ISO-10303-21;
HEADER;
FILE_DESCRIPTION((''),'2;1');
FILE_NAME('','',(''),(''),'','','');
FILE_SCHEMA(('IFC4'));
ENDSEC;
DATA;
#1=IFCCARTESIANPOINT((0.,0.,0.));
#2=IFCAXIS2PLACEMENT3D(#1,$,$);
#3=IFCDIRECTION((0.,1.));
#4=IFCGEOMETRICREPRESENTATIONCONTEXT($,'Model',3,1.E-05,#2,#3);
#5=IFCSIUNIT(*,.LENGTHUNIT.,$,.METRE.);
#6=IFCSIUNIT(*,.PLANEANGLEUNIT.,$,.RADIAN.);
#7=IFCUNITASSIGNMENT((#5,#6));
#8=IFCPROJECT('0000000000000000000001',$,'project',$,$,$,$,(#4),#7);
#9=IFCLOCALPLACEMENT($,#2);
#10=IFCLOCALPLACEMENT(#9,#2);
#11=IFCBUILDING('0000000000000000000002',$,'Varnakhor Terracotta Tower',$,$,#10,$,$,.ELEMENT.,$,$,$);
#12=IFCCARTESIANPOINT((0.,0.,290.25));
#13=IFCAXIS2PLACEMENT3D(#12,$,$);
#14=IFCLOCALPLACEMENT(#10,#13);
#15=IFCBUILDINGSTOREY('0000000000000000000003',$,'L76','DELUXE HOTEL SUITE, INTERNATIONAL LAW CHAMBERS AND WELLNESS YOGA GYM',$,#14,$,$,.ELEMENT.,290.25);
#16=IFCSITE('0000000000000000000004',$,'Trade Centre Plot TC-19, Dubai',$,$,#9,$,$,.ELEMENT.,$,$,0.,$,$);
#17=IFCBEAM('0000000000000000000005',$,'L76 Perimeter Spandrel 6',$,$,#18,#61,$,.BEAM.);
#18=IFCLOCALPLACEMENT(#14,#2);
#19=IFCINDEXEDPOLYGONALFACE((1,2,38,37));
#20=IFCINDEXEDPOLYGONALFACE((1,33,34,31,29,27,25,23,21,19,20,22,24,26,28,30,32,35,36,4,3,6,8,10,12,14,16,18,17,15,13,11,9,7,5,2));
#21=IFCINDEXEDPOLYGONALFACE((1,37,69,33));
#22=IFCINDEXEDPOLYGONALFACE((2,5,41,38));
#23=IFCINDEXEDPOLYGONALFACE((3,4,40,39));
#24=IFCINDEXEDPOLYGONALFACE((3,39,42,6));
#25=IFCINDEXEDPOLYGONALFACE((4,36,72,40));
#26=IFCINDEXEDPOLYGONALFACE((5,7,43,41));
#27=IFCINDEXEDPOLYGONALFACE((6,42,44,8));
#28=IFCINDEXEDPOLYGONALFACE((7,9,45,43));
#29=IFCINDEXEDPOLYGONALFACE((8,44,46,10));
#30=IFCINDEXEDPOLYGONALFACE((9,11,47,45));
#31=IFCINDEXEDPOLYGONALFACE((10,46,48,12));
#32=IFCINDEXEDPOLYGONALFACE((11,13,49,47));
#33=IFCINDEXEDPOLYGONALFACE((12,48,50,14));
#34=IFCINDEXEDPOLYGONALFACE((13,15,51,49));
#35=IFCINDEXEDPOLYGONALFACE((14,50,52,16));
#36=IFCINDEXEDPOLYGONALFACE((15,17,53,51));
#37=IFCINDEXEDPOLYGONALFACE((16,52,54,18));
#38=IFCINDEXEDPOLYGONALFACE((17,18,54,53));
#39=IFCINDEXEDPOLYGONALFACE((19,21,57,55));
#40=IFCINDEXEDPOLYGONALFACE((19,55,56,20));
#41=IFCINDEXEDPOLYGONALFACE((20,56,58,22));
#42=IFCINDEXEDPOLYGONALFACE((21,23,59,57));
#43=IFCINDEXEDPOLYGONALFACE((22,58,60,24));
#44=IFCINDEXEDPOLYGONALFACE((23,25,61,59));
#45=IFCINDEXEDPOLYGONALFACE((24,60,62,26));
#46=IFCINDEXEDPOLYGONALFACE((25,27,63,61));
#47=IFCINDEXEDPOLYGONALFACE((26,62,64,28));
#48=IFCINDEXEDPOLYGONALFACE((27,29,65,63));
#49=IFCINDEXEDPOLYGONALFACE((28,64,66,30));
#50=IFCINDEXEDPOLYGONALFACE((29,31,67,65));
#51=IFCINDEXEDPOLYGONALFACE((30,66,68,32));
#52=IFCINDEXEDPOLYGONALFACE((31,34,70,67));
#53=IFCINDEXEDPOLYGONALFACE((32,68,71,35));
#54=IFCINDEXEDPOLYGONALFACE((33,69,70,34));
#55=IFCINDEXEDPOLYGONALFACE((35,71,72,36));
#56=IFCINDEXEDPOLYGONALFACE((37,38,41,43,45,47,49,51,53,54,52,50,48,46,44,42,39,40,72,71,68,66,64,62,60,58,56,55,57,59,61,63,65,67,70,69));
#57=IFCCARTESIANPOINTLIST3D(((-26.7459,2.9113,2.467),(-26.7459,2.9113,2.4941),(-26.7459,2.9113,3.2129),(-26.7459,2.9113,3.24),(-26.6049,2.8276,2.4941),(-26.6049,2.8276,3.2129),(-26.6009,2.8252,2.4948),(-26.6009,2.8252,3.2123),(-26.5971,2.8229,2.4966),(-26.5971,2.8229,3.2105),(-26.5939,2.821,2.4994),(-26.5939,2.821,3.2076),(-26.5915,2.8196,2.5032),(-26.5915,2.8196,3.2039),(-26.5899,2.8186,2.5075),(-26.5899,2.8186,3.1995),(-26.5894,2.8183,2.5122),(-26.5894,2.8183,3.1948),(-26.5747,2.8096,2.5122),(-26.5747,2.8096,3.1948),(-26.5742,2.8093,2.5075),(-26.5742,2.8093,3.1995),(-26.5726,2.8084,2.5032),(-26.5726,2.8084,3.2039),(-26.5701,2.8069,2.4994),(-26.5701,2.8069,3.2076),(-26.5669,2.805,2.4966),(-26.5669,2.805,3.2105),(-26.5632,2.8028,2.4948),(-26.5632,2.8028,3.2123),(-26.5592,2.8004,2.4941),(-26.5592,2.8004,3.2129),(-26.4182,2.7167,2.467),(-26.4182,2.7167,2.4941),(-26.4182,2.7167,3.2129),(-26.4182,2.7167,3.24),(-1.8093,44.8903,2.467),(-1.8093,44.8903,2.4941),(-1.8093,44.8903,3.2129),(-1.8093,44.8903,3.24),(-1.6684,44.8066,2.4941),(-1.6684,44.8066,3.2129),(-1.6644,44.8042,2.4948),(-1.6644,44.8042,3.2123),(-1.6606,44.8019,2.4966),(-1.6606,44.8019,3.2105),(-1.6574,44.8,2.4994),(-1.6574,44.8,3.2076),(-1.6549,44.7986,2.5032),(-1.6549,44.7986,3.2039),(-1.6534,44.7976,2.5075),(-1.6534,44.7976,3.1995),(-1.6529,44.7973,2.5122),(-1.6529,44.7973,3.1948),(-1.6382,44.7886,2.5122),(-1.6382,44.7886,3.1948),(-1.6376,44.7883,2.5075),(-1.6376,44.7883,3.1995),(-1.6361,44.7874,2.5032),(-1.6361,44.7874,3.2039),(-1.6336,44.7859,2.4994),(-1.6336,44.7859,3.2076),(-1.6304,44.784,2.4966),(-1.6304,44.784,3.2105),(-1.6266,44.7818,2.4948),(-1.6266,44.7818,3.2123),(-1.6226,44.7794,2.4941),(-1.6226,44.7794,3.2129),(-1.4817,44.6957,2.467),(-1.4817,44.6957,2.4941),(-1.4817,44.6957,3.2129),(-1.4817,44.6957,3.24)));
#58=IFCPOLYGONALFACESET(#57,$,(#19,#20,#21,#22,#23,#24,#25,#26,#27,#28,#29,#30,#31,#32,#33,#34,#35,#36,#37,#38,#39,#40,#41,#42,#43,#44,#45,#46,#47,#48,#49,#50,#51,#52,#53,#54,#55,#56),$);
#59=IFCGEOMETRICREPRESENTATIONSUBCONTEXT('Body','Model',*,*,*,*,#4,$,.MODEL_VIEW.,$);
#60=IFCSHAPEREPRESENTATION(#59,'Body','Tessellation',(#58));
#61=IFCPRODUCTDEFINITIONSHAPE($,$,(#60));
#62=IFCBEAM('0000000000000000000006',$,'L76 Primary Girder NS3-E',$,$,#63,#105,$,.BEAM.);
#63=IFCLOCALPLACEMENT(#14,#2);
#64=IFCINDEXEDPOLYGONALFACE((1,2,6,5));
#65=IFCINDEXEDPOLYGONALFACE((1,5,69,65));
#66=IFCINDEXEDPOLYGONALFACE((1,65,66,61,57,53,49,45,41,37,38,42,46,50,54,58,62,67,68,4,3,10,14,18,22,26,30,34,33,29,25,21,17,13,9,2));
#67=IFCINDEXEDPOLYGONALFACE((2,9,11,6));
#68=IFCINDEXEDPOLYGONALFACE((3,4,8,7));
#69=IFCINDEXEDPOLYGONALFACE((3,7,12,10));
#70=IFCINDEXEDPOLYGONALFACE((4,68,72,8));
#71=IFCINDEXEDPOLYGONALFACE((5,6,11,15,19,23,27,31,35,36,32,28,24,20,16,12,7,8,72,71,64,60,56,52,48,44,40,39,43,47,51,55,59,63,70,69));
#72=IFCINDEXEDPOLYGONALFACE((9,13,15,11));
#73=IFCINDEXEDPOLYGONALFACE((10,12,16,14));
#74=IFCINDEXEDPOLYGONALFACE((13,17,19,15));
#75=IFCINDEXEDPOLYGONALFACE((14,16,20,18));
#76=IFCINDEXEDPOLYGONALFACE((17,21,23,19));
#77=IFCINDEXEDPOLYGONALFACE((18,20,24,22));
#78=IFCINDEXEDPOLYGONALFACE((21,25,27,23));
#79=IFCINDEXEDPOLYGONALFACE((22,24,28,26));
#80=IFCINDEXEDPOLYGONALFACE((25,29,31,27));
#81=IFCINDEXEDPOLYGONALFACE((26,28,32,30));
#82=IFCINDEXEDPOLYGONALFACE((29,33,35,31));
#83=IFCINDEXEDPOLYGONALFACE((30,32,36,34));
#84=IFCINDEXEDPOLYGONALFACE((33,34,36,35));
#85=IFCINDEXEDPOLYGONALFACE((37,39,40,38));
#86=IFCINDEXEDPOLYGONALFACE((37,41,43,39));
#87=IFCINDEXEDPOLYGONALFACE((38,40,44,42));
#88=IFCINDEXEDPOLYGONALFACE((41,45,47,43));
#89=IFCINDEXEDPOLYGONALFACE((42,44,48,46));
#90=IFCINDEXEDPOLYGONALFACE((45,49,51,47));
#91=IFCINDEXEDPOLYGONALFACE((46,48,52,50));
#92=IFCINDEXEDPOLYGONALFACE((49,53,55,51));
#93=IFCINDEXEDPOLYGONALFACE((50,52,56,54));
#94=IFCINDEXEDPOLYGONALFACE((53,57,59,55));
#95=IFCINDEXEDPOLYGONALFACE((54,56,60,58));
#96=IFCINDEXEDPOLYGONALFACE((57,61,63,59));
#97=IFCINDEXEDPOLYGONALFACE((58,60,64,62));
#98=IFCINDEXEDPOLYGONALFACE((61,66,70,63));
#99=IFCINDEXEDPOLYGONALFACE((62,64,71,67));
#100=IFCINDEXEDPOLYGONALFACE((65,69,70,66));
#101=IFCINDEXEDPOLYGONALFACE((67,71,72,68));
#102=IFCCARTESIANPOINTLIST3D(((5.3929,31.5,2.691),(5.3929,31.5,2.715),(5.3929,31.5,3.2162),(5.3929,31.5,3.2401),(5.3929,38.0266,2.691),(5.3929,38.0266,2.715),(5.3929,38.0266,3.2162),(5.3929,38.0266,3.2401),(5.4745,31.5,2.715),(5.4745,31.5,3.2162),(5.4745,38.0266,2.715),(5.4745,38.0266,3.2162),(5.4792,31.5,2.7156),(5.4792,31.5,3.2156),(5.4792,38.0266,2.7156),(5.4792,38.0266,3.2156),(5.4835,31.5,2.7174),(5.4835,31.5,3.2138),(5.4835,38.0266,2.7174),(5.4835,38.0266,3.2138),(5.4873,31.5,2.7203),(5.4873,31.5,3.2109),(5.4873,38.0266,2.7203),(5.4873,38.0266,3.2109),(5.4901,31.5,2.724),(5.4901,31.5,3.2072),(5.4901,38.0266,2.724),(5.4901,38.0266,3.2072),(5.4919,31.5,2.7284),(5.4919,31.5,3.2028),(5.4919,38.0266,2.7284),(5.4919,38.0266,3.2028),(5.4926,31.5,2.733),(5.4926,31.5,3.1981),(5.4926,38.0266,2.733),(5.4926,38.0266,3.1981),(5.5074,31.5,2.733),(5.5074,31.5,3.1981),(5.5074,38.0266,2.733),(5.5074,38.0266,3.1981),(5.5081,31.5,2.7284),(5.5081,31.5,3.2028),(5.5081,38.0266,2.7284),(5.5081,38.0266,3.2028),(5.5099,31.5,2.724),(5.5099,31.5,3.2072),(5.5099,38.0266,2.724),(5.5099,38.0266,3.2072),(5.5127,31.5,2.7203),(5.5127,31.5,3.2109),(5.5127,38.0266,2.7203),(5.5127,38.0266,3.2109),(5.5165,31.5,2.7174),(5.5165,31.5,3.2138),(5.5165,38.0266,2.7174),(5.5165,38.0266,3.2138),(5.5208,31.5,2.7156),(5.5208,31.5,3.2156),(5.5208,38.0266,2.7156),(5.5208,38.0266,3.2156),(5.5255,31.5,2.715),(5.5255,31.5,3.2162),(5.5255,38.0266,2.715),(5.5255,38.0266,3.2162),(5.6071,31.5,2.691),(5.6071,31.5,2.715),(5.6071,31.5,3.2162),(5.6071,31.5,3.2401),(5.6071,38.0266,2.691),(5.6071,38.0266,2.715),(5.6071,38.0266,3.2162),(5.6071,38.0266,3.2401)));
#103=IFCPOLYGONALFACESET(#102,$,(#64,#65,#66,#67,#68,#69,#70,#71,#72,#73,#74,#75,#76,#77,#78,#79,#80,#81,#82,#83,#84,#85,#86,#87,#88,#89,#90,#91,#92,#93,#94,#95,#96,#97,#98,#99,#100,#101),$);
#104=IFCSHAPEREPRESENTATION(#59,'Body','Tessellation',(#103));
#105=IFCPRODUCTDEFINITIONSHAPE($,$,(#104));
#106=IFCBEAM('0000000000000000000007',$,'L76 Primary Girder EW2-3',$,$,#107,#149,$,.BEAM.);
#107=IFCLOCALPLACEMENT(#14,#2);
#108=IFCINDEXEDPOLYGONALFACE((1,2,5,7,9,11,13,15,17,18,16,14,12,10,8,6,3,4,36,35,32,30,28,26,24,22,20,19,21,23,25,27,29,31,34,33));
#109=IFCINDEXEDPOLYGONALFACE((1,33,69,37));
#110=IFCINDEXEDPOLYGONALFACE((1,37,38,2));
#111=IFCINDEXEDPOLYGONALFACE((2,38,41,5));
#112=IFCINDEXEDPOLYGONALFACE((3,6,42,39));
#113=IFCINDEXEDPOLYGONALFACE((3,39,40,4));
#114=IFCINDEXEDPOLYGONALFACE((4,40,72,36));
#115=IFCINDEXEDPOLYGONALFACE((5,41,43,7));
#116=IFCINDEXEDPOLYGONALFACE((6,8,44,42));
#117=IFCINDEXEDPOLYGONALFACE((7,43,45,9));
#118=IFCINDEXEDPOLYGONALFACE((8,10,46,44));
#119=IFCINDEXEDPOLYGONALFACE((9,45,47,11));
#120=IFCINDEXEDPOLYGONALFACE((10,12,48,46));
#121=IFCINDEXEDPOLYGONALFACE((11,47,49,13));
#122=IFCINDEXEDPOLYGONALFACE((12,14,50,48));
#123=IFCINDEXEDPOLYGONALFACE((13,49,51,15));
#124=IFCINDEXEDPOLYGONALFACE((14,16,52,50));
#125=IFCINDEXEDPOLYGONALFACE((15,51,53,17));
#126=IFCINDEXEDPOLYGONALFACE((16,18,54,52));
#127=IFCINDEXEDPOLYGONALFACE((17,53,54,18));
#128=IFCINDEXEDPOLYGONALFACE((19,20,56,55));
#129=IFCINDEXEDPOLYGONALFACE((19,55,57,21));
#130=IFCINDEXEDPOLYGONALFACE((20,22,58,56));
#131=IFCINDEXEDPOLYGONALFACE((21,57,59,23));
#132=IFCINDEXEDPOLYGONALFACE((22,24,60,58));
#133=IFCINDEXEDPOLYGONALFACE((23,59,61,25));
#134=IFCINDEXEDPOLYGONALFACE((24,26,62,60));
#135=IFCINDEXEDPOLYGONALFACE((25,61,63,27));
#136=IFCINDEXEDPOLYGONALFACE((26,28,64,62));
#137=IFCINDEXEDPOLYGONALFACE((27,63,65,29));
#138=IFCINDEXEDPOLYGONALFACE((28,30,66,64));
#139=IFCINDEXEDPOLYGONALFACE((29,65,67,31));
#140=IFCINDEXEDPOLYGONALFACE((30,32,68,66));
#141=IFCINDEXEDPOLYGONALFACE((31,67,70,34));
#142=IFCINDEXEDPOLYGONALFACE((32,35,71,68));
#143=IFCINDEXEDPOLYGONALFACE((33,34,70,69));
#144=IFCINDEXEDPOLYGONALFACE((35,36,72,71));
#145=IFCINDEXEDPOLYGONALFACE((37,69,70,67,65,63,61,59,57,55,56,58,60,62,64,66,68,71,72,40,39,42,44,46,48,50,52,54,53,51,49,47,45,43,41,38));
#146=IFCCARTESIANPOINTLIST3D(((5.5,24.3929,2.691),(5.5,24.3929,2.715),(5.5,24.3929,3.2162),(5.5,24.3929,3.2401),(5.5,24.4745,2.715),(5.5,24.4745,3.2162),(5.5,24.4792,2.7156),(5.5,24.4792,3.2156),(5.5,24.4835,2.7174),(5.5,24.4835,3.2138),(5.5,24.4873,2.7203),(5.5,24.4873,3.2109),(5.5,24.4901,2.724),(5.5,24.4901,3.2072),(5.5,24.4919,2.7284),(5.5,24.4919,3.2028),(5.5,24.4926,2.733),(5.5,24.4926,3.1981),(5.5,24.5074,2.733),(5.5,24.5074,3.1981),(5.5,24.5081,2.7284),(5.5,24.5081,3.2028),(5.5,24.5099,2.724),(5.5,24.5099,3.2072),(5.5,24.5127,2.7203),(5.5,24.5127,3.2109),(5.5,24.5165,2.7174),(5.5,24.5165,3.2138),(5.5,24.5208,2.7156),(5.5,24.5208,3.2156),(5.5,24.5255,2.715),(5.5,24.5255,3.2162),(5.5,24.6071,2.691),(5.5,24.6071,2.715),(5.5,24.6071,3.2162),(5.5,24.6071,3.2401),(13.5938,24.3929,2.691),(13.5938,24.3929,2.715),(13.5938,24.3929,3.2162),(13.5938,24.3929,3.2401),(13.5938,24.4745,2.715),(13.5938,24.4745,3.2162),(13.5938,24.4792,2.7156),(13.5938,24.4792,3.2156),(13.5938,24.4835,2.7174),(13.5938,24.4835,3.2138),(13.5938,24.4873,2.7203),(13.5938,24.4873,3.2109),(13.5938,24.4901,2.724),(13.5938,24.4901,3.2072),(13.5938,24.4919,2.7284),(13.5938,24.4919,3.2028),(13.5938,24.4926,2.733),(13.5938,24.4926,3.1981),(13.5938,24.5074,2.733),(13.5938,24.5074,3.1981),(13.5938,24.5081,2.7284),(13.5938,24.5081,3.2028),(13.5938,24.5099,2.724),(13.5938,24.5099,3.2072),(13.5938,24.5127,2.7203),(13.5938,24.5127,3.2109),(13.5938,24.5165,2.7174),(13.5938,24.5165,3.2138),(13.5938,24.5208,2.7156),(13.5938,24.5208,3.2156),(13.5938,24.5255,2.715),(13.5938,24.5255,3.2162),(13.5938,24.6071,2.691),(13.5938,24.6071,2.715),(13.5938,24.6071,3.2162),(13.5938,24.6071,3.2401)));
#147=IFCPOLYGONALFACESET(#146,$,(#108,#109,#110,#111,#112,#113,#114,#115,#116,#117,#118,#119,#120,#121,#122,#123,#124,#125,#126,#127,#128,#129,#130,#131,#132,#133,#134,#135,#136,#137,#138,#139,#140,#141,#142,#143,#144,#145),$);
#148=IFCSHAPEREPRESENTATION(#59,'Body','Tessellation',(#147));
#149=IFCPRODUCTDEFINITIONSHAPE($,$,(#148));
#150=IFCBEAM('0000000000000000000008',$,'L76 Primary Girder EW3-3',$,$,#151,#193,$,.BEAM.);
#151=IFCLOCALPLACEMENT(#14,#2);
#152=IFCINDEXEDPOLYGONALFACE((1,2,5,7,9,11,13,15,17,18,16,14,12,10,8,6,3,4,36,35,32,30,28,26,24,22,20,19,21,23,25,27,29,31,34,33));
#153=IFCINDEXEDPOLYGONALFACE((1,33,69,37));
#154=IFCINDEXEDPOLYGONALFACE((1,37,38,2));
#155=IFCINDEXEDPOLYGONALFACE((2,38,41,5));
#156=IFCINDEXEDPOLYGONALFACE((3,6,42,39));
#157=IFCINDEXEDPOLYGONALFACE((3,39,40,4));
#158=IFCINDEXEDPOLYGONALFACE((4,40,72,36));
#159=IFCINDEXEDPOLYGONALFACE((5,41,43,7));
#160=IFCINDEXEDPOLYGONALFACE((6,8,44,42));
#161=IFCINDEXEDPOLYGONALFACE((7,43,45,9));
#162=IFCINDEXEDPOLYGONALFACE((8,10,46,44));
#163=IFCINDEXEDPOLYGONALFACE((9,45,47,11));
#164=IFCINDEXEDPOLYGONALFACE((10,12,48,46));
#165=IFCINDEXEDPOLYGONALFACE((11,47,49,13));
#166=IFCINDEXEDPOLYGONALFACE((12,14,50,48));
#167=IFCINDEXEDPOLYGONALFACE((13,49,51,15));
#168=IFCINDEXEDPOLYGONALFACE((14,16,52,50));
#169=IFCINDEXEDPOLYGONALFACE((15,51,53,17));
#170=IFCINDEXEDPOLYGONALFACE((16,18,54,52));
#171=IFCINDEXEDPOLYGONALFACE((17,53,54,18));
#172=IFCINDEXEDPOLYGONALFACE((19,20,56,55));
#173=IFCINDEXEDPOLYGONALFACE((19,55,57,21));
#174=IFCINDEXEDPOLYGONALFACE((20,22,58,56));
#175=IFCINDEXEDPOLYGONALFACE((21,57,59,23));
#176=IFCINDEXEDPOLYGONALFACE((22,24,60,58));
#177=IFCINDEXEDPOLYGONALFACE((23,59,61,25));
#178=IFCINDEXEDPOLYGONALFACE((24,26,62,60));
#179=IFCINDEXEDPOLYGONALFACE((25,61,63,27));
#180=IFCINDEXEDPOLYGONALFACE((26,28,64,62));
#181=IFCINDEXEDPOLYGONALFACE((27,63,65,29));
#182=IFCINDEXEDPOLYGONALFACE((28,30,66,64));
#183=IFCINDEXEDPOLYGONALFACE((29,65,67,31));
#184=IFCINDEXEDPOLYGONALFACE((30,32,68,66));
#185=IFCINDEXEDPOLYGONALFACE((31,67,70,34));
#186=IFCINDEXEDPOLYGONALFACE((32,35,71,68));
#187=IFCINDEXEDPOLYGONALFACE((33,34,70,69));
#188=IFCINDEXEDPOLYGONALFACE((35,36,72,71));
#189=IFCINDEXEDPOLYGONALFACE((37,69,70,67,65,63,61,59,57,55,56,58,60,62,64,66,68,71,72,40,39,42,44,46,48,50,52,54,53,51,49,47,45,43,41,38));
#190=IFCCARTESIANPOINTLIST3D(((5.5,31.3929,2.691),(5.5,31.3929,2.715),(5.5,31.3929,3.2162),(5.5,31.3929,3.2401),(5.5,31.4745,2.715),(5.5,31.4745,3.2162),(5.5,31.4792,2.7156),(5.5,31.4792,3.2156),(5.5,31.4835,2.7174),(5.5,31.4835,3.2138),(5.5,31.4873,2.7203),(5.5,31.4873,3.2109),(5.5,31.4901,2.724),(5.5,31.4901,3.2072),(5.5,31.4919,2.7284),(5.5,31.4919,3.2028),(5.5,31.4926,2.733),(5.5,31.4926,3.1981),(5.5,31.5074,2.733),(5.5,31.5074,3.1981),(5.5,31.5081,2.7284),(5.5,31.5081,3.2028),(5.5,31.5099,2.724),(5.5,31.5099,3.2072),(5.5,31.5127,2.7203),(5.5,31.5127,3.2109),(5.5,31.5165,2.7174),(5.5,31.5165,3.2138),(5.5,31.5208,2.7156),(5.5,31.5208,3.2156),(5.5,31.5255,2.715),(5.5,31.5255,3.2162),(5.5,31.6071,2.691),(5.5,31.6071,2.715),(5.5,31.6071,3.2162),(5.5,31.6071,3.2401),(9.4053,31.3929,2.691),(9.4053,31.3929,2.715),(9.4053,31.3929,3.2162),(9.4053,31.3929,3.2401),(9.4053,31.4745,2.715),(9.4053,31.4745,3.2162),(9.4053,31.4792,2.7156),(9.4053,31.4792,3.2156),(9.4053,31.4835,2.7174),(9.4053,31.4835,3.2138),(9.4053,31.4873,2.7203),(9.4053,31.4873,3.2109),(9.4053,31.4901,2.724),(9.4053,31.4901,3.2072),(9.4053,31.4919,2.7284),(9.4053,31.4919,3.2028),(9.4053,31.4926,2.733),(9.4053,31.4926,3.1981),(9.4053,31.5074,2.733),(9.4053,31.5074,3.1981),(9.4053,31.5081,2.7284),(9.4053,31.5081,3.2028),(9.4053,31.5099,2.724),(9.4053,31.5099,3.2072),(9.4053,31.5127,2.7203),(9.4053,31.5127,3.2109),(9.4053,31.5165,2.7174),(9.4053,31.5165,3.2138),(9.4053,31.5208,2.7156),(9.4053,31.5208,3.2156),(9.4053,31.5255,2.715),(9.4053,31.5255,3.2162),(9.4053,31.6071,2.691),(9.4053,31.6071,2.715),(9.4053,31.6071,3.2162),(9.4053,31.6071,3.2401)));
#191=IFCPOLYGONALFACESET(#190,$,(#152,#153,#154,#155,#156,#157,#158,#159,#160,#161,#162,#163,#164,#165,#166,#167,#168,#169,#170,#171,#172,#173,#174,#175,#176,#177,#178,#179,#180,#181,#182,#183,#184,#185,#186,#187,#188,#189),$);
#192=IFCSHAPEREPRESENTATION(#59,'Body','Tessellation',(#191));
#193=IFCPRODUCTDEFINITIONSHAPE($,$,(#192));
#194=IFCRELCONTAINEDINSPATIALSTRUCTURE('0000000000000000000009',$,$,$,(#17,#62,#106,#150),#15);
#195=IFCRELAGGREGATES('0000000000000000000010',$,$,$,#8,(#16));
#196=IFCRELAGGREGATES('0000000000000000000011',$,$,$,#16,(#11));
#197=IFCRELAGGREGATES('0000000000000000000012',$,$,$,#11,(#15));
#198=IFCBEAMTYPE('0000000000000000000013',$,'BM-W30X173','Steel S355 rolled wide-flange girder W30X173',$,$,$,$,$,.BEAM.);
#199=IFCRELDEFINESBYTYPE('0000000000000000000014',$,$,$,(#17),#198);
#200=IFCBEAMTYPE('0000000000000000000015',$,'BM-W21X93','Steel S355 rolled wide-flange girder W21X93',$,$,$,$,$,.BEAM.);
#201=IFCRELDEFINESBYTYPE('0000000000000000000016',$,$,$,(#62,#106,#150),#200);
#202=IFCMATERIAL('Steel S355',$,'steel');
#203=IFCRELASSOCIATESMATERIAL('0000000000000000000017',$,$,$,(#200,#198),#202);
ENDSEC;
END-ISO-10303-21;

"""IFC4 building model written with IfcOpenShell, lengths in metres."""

from ifc_helpers import new_model, si_unit, direction, frame, origin, origin_2d, place, context, subcontext, project, spatial, i_section, extrude, source, transform, mapped, material, material_profile, profile_set, type_object, element, save


model = new_model("IFC4")

# Units and contexts
model_context = context("Model", 3, precision=1e-05, world=origin(), true_north=direction((0.0, 1.0)))
body_context = subcontext(model_context, "Body", "Model", "MODEL_VIEW")
ifc_project = project(units=[si_unit("LENGTHUNIT", "METRE"), si_unit("PLANEANGLEUNIT", "RADIAN")], contexts=[model_context])

# Site, building, storey
site_placement = place(None, origin())
site = spatial("IfcSite", under=ifc_project, at=site_placement, Name="Trade Centre Plot TC-19, Dubai", CompositionType="ELEMENT", RefElevation=0.0)
building_placement = place(site_placement, origin())
building = spatial("IfcBuilding", under=site, at=building_placement, Name="Varnakhor Terracotta Tower", CompositionType="ELEMENT")
storey_placement = place(building_placement, frame((0.0, 0.0, 290.25)))
storey = spatial("IfcBuildingStorey", under=building, at=storey_placement, Name="L76", Description="DELUXE HOTEL SUITE, INTERNATIONAL LAW CHAMBERS AND WELLNESS YOGA GYM", CompositionType="ELEMENT", Elevation=290.25)

# Shared definitions
ifc_material_1 = material(Name="Steel S355", Category="steel")

# Beams
ifc_material_profile_1 = material_profile(ifc_material_1, i_section(OverallWidth=0.2141, OverallDepth=0.5491, WebThickness=0.0149, FlangeThickness=0.0239, FilletRadius=0.0181, at=origin_2d()), Name="W21X93")
ifc_profile_set_1 = profile_set([ifc_material_profile_1], Name="Steel S355")
beam_type_1 = type_object("IfcBeamType", Name="BM-W21X93", Description="Steel S355 rolled wide-flange girder W21X93", PredefinedType="BEAM", material=ifc_profile_set_1)
ifc_material_profile_2 = material_profile(ifc_material_1, i_section(OverallWidth=0.3811, OverallDepth=0.7729, WebThickness=0.0171, FlangeThickness=0.0271, FilletRadius=0.0181, at=origin_2d()), Name="W30X173")
ifc_profile_set_2 = profile_set([ifc_material_profile_2], Name="Steel S355")
beam_type_2 = type_object("IfcBeamType", Name="BM-W30X173", Description="Steel S355 rolled wide-flange girder W30X173", PredefinedType="BEAM", material=ifc_profile_set_2)
shared_shape_1 = source(origin(), body_context, "Body", "SweptSolid", [
    extrude(i_section(OverallWidth=0.3811, OverallDepth=0.7729, WebThickness=0.0171, FlangeThickness=0.0271, FilletRadius=0.0181, at=origin_2d()), origin(), (0.0, 0.0, 1.0), 48.8269),
])
beam_1_placement = place(storey_placement, frame((-1.6455, 44.793, 2.8535), z_axis=(-0.510713, -0.859751, 0.0), x_axis=(0.859751, -0.510713, 0.0)))
element("IfcBeam", 1, at=beam_1_placement, inside=storey, type_object=beam_type_2, Name="L76 Perimeter Spandrel 6", PredefinedType="BEAM", context=body_context, shape_type="MappedRepresentation", body=[
    mapped(shared_shape_1, transform((0.0, 0.0, 0.0), scale=1.0)),
])
shared_shape_2 = source(origin(), body_context, "Body", "SweptSolid", [
    extrude(i_section(OverallWidth=0.2141, OverallDepth=0.5491, WebThickness=0.0149, FlangeThickness=0.0239, FilletRadius=0.0181, at=origin_2d()), origin(), (0.0, 0.0, 1.0), 6.5266),
])
beam_2_placement = place(storey_placement, frame((5.5, 31.5, 2.9656), z_axis=(0.0, 1.0, 0.0), x_axis=(-1.0, 0.0, 0.0)))
element("IfcBeam", 2, at=beam_2_placement, inside=storey, type_object=beam_type_1, Name="L76 Primary Girder NS3-E", PredefinedType="BEAM", context=body_context, shape_type="MappedRepresentation", body=[
    mapped(shared_shape_2, transform((0.0, 0.0, 0.0), scale=1.0)),
])
shared_shape_3 = source(origin(), body_context, "Body", "SweptSolid", [
    extrude(i_section(OverallWidth=0.2141, OverallDepth=0.5491, WebThickness=0.0149, FlangeThickness=0.0239, FilletRadius=0.0181, at=origin_2d()), origin(), (0.0, 0.0, 1.0), 8.0938),
])
beam_3_placement = place(storey_placement, frame((5.5, 24.5, 2.9656), z_axis=(1.0, 0.0, 0.0), x_axis=(0.0, 1.0, 0.0)))
element("IfcBeam", 3, at=beam_3_placement, inside=storey, type_object=beam_type_1, Name="L76 Primary Girder EW2-3", PredefinedType="BEAM", context=body_context, shape_type="MappedRepresentation", body=[
    mapped(shared_shape_3, transform((0.0, 0.0, 0.0), scale=1.0)),
])
shared_shape_4 = source(origin(), body_context, "Body", "SweptSolid", [
    extrude(i_section(OverallWidth=0.2141, OverallDepth=0.5491, WebThickness=0.0149, FlangeThickness=0.0239, FilletRadius=0.0181, at=origin_2d()), origin(), (0.0, 0.0, 1.0), 3.9053),
])
beam_4_placement = place(storey_placement, frame((5.5, 31.5, 2.9656), z_axis=(1.0, 0.0, 0.0), x_axis=(0.0, 1.0, 0.0)))
element("IfcBeam", 4, at=beam_4_placement, inside=storey, type_object=beam_type_1, Name="L76 Primary Girder EW3-3", PredefinedType="BEAM", context=body_context, shape_type="MappedRepresentation", body=[
    mapped(shared_shape_4, transform((0.0, 0.0, 0.0), scale=1.0)),
])

save(model, "model.ifc")
